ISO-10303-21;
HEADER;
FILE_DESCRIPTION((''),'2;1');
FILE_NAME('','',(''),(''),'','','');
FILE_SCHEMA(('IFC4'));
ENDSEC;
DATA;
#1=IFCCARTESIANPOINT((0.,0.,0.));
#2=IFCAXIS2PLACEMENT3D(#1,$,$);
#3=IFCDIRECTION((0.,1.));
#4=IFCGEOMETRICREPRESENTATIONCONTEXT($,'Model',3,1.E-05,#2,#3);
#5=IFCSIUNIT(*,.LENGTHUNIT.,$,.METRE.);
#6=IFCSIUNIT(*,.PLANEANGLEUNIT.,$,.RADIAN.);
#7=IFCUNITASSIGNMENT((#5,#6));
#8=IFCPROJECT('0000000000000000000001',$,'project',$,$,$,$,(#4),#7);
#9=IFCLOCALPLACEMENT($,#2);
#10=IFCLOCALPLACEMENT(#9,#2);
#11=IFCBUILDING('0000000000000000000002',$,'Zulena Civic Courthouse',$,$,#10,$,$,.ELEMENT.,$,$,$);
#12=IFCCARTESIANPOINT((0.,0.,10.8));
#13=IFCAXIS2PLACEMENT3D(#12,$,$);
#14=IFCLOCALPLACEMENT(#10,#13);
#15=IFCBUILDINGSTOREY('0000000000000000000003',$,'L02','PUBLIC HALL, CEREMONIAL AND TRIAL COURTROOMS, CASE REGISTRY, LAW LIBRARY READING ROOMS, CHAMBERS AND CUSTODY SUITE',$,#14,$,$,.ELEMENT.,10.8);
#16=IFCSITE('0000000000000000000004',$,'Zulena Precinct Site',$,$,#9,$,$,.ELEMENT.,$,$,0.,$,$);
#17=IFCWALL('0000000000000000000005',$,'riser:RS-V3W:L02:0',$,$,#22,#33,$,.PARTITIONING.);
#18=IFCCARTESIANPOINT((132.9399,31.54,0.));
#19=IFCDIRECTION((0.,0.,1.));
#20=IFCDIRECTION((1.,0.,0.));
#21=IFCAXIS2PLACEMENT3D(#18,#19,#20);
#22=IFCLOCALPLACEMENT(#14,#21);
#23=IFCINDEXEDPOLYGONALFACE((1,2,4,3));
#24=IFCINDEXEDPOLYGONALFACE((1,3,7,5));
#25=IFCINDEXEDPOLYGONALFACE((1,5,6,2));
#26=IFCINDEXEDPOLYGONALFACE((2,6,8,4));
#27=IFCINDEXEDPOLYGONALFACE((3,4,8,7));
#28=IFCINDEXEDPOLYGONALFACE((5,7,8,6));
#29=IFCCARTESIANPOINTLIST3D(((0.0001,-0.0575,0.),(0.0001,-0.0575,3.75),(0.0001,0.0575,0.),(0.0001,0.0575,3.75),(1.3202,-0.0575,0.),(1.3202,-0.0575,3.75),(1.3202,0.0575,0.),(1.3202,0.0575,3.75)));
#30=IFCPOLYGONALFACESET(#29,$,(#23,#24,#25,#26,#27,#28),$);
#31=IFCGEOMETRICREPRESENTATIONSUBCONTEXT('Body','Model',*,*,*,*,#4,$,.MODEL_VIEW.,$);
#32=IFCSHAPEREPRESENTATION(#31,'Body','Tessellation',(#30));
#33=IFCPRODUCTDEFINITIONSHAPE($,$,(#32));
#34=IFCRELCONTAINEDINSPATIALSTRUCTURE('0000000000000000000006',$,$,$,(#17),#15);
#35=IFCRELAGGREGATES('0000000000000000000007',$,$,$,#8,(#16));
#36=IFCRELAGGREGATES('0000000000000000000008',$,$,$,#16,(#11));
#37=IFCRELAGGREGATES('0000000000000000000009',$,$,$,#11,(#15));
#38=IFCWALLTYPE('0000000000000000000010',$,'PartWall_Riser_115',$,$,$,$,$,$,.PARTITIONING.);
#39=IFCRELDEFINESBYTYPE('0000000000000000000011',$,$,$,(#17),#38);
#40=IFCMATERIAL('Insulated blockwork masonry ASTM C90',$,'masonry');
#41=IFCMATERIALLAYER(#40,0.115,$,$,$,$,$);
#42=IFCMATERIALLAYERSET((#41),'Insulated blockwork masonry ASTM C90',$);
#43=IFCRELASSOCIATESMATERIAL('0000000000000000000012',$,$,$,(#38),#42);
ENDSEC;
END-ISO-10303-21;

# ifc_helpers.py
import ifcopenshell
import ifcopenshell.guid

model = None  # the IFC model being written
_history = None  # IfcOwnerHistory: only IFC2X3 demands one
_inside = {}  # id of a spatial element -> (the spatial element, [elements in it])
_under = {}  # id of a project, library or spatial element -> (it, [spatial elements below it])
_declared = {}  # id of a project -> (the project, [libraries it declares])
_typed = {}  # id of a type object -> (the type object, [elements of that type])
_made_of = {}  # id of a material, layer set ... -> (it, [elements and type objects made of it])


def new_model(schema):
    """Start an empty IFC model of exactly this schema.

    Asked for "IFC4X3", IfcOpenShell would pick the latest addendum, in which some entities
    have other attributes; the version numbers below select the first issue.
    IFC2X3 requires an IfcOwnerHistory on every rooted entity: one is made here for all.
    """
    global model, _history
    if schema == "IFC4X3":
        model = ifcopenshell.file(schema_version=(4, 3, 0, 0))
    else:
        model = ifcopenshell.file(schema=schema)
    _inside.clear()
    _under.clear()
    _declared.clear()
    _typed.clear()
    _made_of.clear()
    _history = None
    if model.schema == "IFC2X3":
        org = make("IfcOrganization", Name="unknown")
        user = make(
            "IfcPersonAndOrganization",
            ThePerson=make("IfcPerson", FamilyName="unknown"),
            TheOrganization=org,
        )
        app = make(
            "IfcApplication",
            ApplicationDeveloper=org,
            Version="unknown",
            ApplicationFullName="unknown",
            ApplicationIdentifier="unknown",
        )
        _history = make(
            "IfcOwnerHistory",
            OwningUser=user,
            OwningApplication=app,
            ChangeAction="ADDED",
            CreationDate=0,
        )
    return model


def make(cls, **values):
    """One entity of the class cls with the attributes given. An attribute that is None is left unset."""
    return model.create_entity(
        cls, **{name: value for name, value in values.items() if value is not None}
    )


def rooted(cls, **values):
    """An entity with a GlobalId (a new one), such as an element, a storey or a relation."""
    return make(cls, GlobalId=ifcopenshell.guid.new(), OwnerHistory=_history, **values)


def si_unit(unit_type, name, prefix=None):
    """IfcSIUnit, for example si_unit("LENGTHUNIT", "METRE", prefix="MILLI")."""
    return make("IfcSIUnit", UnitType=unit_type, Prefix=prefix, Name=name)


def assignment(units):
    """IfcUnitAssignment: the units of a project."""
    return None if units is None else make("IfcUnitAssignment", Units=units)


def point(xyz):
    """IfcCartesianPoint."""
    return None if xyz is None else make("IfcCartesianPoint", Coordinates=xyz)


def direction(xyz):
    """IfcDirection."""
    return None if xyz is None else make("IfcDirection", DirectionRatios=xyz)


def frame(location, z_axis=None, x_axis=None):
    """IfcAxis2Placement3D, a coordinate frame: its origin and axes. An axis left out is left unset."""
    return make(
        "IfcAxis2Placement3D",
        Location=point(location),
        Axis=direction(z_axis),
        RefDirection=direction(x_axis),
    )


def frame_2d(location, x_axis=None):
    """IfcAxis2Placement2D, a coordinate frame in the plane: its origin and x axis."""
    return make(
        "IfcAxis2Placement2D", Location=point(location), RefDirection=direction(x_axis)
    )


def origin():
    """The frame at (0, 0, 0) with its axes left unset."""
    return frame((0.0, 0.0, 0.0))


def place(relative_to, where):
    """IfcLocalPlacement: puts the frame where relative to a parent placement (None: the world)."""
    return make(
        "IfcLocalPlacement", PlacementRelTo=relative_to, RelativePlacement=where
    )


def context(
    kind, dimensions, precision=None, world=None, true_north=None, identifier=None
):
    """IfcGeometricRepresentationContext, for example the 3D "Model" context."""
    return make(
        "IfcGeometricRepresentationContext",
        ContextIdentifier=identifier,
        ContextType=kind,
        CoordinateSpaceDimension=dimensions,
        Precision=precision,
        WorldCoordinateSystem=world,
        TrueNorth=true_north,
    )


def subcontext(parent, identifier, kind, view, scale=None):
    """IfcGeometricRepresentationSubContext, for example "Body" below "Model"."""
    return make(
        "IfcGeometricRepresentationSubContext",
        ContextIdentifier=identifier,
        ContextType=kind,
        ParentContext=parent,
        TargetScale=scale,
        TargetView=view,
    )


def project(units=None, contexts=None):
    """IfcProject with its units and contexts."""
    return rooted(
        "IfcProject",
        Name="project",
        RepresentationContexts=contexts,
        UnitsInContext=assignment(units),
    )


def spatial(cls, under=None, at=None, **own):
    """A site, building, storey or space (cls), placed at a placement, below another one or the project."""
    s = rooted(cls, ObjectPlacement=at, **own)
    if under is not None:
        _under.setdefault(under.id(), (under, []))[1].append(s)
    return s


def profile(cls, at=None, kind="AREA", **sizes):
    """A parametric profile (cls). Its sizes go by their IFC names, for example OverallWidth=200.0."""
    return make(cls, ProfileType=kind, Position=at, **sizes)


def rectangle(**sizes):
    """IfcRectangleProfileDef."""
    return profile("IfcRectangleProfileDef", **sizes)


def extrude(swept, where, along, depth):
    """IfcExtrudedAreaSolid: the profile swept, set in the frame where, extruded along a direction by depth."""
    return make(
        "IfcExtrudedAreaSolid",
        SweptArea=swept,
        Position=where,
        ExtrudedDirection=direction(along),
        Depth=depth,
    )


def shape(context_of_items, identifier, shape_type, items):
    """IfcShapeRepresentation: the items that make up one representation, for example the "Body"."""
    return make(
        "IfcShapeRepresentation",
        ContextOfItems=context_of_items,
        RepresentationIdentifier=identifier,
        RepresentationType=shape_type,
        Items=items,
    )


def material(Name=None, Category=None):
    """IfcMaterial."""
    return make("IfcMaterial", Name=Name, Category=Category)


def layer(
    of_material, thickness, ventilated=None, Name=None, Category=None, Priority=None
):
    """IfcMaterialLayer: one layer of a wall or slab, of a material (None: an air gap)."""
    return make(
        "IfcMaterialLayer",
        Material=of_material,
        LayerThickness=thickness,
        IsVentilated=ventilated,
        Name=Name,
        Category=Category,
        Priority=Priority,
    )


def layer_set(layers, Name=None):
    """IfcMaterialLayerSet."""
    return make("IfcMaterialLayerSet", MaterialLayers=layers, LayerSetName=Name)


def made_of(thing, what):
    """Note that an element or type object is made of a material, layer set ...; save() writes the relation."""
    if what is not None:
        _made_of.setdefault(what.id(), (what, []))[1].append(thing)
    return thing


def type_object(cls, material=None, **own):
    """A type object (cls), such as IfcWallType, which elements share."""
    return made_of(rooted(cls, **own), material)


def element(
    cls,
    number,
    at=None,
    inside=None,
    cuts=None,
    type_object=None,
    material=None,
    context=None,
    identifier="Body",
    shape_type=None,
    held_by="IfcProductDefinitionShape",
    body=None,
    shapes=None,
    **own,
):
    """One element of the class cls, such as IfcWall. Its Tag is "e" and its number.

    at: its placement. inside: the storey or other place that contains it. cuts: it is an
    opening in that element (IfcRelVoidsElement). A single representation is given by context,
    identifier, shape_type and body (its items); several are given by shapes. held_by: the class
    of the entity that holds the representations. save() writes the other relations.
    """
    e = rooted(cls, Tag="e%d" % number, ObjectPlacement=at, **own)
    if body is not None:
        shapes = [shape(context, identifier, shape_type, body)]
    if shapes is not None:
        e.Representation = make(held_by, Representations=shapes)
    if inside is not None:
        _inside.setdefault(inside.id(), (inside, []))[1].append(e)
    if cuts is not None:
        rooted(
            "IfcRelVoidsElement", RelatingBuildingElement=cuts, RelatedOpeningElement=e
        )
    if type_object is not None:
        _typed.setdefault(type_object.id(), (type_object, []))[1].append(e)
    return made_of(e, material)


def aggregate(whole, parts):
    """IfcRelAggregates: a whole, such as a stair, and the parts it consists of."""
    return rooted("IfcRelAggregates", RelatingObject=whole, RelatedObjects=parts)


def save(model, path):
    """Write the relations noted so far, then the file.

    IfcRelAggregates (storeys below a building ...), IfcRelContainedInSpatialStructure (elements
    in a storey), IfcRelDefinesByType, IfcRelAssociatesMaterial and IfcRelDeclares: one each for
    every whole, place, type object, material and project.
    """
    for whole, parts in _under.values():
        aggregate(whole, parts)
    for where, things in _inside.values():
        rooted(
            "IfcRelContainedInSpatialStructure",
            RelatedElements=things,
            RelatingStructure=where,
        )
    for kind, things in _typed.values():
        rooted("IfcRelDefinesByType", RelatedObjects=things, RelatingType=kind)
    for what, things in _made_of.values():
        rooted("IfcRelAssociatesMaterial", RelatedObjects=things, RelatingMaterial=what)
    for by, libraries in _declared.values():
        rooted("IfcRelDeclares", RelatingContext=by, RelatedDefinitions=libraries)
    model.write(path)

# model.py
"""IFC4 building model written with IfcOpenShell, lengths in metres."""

from ifc_helpers import new_model, si_unit, direction, frame, frame_2d, origin, place, context, subcontext, project, spatial, rectangle, extrude, material, layer, layer_set, type_object, element, save


model = new_model("IFC4")

# Units and contexts
model_context = context("Model", 3, precision=1e-05, world=origin(), true_north=direction((0.0, 1.0)))
body_context = subcontext(model_context, "Body", "Model", "MODEL_VIEW")
ifc_project = project(units=[si_unit("LENGTHUNIT", "METRE"), si_unit("PLANEANGLEUNIT", "RADIAN")], contexts=[model_context])

# Site, building, storey
site_placement = place(None, origin())
site = spatial("IfcSite", under=ifc_project, at=site_placement, Name="Zulena Precinct Site", CompositionType="ELEMENT", RefElevation=0.0)
building_placement = place(site_placement, origin())
building = spatial("IfcBuilding", under=site, at=building_placement, Name="Zulena Civic Courthouse", CompositionType="ELEMENT")
storey_placement = place(building_placement, frame((0.0, 0.0, 10.8)))
storey = spatial("IfcBuildingStorey", under=building, at=storey_placement, Name="L02", Description="PUBLIC HALL, CEREMONIAL AND TRIAL COURTROOMS, CASE REGISTRY, LAW LIBRARY READING ROOMS, CHAMBERS AND CUSTODY SUITE", CompositionType="ELEMENT", Elevation=10.8)

# Wall
ifc_material_1 = material(Name="Insulated blockwork masonry ASTM C90", Category="masonry")
ifc_layer_1 = layer(ifc_material_1, 0.115)
ifc_layer_set_1 = layer_set([ifc_layer_1], Name="Insulated blockwork masonry ASTM C90")
wall_type_1 = type_object("IfcWallType", Name="PartWall_Riser_115", PredefinedType="PARTITIONING", material=ifc_layer_set_1)
for number, where, z_axis, x_axis, name in (
    (1, (132.9399, 31.54, 0.0), (0.0, 0.0, 1.0), (1.0, 0.0, 0.0), "riser:RS-V3W:L02:0"),
):
    element("IfcWall", number, at=place(storey_placement, frame(where, z_axis=z_axis, x_axis=x_axis)), inside=storey, type_object=wall_type_1, Name=name, PredefinedType="PARTITIONING", context=body_context, shape_type="SweptSolid", body=[
        extrude(rectangle(XDim=1.3201, YDim=0.115, at=frame_2d((0.6602, 0.0))), origin(), (0.0, 0.0, 1.0), 3.75),
    ])

save(model, "model.ifc")
